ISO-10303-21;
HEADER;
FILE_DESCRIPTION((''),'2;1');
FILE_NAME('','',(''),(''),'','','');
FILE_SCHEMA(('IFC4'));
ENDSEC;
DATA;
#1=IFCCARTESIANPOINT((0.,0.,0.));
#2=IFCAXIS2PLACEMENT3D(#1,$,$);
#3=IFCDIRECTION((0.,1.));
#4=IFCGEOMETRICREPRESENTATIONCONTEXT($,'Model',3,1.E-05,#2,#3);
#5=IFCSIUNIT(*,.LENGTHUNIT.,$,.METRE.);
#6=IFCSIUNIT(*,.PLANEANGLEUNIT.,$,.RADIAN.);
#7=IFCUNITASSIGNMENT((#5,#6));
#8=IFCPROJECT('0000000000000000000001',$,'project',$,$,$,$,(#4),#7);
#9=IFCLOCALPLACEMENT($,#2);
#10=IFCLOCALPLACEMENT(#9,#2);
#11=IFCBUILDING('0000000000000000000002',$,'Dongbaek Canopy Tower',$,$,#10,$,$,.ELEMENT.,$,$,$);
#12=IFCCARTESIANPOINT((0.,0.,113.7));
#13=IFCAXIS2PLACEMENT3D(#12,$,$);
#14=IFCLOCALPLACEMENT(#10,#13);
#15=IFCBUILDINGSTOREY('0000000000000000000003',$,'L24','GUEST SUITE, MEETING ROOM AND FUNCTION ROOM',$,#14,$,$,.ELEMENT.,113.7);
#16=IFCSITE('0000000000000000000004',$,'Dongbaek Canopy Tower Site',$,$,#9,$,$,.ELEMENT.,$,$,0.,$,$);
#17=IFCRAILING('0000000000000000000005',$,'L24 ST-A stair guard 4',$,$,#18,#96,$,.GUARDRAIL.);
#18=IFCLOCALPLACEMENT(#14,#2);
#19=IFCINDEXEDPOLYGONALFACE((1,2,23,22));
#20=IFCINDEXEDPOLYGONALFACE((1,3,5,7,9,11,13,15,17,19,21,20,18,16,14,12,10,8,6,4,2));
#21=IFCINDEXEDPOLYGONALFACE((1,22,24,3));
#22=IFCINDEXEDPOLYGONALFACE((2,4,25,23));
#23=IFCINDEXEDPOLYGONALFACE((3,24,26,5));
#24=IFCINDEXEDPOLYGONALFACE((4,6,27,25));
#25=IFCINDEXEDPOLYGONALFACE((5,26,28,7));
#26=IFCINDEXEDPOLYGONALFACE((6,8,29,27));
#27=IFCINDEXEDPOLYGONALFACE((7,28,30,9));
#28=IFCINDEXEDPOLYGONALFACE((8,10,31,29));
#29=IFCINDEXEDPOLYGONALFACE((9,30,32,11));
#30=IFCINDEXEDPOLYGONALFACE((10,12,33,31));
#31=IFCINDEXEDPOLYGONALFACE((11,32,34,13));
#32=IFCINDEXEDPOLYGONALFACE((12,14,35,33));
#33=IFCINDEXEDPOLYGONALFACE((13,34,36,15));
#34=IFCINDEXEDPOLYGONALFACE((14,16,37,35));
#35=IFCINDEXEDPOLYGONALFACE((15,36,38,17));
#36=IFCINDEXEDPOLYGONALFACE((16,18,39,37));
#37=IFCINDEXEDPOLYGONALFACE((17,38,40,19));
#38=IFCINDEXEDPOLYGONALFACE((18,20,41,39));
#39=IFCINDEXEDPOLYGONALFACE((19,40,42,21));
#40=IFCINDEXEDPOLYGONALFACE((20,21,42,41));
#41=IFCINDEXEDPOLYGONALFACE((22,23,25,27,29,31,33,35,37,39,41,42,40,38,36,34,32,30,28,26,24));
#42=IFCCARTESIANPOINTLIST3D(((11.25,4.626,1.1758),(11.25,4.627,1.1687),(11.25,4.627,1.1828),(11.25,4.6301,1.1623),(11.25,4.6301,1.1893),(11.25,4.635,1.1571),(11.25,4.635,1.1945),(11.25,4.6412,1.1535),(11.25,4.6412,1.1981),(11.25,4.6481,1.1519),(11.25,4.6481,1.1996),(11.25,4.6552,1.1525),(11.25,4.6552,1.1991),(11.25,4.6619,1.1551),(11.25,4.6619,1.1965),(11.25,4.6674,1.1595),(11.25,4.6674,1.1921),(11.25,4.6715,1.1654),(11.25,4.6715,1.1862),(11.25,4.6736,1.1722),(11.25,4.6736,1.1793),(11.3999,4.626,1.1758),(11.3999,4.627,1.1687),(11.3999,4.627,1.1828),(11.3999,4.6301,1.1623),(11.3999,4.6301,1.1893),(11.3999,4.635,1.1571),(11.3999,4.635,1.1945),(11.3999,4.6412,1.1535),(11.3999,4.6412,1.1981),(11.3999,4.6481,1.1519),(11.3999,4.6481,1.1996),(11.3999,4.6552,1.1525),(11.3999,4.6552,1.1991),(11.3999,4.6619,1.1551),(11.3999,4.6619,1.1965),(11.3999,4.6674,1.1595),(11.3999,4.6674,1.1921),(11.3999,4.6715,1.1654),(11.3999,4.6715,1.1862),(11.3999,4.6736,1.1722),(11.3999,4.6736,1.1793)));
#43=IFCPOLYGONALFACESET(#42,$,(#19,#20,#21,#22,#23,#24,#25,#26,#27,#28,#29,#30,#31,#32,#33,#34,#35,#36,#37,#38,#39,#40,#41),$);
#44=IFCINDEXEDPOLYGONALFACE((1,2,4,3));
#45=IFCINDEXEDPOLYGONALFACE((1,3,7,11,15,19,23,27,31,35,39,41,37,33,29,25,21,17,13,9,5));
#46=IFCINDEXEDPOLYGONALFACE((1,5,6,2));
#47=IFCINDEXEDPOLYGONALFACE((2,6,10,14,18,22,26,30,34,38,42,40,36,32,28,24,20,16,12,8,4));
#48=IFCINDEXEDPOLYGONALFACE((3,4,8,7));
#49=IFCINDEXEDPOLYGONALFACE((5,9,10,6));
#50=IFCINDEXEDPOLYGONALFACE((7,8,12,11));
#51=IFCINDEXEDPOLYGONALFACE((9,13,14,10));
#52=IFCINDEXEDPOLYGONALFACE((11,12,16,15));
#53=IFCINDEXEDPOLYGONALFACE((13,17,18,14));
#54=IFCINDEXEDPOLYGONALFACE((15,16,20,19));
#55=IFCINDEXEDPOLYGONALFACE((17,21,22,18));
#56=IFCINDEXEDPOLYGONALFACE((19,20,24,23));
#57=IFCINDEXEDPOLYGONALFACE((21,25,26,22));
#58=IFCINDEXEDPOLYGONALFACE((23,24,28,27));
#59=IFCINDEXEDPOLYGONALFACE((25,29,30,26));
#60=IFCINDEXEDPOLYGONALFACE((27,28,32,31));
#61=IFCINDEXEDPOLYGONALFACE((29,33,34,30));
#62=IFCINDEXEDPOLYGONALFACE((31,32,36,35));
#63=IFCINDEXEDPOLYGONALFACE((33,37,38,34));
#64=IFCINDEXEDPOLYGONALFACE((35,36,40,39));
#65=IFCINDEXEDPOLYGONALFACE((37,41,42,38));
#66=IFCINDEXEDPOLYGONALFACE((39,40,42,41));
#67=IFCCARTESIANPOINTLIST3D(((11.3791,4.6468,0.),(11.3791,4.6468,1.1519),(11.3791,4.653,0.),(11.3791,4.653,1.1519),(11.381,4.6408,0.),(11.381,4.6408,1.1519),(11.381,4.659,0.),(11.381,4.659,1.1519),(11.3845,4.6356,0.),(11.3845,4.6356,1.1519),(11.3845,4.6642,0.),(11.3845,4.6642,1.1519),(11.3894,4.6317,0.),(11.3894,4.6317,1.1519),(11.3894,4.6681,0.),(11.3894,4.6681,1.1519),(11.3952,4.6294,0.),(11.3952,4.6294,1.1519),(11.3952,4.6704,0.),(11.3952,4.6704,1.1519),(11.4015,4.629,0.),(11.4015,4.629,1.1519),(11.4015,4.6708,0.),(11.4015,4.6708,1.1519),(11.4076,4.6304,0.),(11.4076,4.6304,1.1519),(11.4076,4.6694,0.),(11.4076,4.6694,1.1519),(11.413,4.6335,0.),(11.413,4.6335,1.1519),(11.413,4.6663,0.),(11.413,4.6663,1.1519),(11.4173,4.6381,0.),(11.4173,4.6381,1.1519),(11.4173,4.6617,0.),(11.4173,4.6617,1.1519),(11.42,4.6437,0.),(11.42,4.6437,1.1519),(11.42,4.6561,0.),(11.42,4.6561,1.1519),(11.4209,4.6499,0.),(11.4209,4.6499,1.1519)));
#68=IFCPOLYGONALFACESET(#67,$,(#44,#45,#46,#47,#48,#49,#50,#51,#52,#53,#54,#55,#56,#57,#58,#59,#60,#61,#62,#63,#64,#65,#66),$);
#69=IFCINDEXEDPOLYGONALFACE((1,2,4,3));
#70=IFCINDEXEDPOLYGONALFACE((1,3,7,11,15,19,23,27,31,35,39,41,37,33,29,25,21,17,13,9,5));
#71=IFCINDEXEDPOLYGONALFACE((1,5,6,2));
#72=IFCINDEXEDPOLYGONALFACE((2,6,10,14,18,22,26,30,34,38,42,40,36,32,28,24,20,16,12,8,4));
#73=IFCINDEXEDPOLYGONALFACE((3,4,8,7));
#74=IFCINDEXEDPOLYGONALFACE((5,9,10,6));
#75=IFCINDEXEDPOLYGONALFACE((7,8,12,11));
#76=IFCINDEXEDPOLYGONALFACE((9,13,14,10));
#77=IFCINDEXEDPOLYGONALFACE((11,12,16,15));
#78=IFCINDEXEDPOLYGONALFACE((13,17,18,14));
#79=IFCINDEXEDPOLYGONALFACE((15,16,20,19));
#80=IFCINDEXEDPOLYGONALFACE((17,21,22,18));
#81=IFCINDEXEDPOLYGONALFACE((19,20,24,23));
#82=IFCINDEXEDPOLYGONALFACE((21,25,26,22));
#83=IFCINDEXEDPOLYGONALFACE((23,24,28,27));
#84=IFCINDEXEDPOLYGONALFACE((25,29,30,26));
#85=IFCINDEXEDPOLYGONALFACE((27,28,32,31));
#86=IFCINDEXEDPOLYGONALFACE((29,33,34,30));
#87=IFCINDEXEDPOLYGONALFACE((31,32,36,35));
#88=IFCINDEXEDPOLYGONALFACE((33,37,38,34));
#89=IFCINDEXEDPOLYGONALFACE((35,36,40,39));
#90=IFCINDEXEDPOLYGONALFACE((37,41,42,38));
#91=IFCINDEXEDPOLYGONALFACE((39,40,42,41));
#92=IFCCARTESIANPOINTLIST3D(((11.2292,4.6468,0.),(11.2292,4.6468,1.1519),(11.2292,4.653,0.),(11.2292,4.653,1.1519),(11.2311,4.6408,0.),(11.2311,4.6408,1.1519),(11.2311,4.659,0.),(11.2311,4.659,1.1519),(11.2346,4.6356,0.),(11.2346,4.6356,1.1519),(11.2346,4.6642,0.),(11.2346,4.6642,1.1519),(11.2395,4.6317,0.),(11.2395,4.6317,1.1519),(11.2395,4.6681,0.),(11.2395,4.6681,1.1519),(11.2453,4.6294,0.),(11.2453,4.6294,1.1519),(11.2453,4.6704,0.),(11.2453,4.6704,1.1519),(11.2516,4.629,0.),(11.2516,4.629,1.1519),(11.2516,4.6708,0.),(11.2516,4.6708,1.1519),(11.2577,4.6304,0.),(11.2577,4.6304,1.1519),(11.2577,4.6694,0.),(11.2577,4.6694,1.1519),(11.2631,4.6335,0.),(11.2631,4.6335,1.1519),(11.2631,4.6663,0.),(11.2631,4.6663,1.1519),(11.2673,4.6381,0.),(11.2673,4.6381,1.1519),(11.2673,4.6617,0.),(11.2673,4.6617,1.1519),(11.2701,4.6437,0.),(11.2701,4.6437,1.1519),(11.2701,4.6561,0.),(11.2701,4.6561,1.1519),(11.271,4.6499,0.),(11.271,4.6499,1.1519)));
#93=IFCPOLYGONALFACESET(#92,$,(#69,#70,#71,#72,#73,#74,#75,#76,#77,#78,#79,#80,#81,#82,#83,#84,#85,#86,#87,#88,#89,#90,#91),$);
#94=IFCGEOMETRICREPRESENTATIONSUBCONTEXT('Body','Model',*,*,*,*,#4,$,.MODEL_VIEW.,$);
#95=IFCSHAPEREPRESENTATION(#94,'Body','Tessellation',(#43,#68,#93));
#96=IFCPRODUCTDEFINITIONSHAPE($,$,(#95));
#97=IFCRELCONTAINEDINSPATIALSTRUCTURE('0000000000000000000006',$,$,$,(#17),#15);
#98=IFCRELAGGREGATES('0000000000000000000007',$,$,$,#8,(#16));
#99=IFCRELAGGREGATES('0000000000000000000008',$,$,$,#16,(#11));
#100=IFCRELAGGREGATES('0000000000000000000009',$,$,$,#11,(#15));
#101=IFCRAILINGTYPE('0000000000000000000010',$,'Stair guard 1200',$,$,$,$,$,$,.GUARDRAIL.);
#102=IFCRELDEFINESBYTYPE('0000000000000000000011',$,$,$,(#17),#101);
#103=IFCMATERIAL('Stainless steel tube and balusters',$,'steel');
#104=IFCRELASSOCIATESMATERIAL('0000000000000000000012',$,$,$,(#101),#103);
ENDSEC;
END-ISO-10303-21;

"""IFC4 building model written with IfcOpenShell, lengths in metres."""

from ifc_helpers import new_model, si_unit, direction, frame, origin, origin_2d, place, context, subcontext, project, spatial, circle, extrude, material, type_object, element, save


model = new_model("IFC4")

# Units and contexts
model_context = context("Model", 3, precision=1e-05, world=origin(), true_north=direction((0.0, 1.0)))
body_context = subcontext(model_context, "Body", "Model", "MODEL_VIEW")
ifc_project = project(units=[si_unit("LENGTHUNIT", "METRE"), si_unit("PLANEANGLEUNIT", "RADIAN")], contexts=[model_context])

# Site, building, storey
site_placement = place(None, origin())
site = spatial("IfcSite", under=ifc_project, at=site_placement, Name="Dongbaek Canopy Tower Site", CompositionType="ELEMENT", RefElevation=0.0)
building_placement = place(site_placement, origin())
building = spatial("IfcBuilding", under=site, at=building_placement, Name="Dongbaek Canopy Tower", CompositionType="ELEMENT")
storey_placement = place(building_placement, frame((0.0, 0.0, 113.7)))
storey = spatial("IfcBuildingStorey", under=building, at=storey_placement, Name="L24", Description="GUEST SUITE, MEETING ROOM AND FUNCTION ROOM", CompositionType="ELEMENT", Elevation=113.7)

# Railing
ifc_material_1 = material(Name="Stainless steel tube and balusters", Category="steel")
railing_type_1 = type_object("IfcRailingType", Name="Stair guard 1200", PredefinedType="GUARDRAIL", material=ifc_material_1)
railing_1_placement = place(storey_placement, frame((11.3999, 4.6499, 0.0)))
element("IfcRailing", 1, at=railing_1_placement, inside=storey, type_object=railing_type_1, Name="L24 ST-A stair guard 4", PredefinedType="GUARDRAIL", context=body_context, shape_type="SweptSolid", body=[
    extrude(circle(Radius=0.0239, at=origin_2d()), frame((0.0, 0.0, 1.1758), z_axis=(-1.0, 0.0, 0.0), x_axis=(0.0, -1.0, 0.0)), (0.0, 0.0, 1.0), 0.1499),
    extrude(circle(Radius=0.021, at=origin_2d()), origin(), (0.0, 0.0, 1.0), 1.1519),
    extrude(circle(Radius=0.021, at=origin_2d()), frame((-0.1499, 0.0, 0.0)), (0.0, 0.0, 1.0), 1.1519),
])

save(model, "model.ifc")
